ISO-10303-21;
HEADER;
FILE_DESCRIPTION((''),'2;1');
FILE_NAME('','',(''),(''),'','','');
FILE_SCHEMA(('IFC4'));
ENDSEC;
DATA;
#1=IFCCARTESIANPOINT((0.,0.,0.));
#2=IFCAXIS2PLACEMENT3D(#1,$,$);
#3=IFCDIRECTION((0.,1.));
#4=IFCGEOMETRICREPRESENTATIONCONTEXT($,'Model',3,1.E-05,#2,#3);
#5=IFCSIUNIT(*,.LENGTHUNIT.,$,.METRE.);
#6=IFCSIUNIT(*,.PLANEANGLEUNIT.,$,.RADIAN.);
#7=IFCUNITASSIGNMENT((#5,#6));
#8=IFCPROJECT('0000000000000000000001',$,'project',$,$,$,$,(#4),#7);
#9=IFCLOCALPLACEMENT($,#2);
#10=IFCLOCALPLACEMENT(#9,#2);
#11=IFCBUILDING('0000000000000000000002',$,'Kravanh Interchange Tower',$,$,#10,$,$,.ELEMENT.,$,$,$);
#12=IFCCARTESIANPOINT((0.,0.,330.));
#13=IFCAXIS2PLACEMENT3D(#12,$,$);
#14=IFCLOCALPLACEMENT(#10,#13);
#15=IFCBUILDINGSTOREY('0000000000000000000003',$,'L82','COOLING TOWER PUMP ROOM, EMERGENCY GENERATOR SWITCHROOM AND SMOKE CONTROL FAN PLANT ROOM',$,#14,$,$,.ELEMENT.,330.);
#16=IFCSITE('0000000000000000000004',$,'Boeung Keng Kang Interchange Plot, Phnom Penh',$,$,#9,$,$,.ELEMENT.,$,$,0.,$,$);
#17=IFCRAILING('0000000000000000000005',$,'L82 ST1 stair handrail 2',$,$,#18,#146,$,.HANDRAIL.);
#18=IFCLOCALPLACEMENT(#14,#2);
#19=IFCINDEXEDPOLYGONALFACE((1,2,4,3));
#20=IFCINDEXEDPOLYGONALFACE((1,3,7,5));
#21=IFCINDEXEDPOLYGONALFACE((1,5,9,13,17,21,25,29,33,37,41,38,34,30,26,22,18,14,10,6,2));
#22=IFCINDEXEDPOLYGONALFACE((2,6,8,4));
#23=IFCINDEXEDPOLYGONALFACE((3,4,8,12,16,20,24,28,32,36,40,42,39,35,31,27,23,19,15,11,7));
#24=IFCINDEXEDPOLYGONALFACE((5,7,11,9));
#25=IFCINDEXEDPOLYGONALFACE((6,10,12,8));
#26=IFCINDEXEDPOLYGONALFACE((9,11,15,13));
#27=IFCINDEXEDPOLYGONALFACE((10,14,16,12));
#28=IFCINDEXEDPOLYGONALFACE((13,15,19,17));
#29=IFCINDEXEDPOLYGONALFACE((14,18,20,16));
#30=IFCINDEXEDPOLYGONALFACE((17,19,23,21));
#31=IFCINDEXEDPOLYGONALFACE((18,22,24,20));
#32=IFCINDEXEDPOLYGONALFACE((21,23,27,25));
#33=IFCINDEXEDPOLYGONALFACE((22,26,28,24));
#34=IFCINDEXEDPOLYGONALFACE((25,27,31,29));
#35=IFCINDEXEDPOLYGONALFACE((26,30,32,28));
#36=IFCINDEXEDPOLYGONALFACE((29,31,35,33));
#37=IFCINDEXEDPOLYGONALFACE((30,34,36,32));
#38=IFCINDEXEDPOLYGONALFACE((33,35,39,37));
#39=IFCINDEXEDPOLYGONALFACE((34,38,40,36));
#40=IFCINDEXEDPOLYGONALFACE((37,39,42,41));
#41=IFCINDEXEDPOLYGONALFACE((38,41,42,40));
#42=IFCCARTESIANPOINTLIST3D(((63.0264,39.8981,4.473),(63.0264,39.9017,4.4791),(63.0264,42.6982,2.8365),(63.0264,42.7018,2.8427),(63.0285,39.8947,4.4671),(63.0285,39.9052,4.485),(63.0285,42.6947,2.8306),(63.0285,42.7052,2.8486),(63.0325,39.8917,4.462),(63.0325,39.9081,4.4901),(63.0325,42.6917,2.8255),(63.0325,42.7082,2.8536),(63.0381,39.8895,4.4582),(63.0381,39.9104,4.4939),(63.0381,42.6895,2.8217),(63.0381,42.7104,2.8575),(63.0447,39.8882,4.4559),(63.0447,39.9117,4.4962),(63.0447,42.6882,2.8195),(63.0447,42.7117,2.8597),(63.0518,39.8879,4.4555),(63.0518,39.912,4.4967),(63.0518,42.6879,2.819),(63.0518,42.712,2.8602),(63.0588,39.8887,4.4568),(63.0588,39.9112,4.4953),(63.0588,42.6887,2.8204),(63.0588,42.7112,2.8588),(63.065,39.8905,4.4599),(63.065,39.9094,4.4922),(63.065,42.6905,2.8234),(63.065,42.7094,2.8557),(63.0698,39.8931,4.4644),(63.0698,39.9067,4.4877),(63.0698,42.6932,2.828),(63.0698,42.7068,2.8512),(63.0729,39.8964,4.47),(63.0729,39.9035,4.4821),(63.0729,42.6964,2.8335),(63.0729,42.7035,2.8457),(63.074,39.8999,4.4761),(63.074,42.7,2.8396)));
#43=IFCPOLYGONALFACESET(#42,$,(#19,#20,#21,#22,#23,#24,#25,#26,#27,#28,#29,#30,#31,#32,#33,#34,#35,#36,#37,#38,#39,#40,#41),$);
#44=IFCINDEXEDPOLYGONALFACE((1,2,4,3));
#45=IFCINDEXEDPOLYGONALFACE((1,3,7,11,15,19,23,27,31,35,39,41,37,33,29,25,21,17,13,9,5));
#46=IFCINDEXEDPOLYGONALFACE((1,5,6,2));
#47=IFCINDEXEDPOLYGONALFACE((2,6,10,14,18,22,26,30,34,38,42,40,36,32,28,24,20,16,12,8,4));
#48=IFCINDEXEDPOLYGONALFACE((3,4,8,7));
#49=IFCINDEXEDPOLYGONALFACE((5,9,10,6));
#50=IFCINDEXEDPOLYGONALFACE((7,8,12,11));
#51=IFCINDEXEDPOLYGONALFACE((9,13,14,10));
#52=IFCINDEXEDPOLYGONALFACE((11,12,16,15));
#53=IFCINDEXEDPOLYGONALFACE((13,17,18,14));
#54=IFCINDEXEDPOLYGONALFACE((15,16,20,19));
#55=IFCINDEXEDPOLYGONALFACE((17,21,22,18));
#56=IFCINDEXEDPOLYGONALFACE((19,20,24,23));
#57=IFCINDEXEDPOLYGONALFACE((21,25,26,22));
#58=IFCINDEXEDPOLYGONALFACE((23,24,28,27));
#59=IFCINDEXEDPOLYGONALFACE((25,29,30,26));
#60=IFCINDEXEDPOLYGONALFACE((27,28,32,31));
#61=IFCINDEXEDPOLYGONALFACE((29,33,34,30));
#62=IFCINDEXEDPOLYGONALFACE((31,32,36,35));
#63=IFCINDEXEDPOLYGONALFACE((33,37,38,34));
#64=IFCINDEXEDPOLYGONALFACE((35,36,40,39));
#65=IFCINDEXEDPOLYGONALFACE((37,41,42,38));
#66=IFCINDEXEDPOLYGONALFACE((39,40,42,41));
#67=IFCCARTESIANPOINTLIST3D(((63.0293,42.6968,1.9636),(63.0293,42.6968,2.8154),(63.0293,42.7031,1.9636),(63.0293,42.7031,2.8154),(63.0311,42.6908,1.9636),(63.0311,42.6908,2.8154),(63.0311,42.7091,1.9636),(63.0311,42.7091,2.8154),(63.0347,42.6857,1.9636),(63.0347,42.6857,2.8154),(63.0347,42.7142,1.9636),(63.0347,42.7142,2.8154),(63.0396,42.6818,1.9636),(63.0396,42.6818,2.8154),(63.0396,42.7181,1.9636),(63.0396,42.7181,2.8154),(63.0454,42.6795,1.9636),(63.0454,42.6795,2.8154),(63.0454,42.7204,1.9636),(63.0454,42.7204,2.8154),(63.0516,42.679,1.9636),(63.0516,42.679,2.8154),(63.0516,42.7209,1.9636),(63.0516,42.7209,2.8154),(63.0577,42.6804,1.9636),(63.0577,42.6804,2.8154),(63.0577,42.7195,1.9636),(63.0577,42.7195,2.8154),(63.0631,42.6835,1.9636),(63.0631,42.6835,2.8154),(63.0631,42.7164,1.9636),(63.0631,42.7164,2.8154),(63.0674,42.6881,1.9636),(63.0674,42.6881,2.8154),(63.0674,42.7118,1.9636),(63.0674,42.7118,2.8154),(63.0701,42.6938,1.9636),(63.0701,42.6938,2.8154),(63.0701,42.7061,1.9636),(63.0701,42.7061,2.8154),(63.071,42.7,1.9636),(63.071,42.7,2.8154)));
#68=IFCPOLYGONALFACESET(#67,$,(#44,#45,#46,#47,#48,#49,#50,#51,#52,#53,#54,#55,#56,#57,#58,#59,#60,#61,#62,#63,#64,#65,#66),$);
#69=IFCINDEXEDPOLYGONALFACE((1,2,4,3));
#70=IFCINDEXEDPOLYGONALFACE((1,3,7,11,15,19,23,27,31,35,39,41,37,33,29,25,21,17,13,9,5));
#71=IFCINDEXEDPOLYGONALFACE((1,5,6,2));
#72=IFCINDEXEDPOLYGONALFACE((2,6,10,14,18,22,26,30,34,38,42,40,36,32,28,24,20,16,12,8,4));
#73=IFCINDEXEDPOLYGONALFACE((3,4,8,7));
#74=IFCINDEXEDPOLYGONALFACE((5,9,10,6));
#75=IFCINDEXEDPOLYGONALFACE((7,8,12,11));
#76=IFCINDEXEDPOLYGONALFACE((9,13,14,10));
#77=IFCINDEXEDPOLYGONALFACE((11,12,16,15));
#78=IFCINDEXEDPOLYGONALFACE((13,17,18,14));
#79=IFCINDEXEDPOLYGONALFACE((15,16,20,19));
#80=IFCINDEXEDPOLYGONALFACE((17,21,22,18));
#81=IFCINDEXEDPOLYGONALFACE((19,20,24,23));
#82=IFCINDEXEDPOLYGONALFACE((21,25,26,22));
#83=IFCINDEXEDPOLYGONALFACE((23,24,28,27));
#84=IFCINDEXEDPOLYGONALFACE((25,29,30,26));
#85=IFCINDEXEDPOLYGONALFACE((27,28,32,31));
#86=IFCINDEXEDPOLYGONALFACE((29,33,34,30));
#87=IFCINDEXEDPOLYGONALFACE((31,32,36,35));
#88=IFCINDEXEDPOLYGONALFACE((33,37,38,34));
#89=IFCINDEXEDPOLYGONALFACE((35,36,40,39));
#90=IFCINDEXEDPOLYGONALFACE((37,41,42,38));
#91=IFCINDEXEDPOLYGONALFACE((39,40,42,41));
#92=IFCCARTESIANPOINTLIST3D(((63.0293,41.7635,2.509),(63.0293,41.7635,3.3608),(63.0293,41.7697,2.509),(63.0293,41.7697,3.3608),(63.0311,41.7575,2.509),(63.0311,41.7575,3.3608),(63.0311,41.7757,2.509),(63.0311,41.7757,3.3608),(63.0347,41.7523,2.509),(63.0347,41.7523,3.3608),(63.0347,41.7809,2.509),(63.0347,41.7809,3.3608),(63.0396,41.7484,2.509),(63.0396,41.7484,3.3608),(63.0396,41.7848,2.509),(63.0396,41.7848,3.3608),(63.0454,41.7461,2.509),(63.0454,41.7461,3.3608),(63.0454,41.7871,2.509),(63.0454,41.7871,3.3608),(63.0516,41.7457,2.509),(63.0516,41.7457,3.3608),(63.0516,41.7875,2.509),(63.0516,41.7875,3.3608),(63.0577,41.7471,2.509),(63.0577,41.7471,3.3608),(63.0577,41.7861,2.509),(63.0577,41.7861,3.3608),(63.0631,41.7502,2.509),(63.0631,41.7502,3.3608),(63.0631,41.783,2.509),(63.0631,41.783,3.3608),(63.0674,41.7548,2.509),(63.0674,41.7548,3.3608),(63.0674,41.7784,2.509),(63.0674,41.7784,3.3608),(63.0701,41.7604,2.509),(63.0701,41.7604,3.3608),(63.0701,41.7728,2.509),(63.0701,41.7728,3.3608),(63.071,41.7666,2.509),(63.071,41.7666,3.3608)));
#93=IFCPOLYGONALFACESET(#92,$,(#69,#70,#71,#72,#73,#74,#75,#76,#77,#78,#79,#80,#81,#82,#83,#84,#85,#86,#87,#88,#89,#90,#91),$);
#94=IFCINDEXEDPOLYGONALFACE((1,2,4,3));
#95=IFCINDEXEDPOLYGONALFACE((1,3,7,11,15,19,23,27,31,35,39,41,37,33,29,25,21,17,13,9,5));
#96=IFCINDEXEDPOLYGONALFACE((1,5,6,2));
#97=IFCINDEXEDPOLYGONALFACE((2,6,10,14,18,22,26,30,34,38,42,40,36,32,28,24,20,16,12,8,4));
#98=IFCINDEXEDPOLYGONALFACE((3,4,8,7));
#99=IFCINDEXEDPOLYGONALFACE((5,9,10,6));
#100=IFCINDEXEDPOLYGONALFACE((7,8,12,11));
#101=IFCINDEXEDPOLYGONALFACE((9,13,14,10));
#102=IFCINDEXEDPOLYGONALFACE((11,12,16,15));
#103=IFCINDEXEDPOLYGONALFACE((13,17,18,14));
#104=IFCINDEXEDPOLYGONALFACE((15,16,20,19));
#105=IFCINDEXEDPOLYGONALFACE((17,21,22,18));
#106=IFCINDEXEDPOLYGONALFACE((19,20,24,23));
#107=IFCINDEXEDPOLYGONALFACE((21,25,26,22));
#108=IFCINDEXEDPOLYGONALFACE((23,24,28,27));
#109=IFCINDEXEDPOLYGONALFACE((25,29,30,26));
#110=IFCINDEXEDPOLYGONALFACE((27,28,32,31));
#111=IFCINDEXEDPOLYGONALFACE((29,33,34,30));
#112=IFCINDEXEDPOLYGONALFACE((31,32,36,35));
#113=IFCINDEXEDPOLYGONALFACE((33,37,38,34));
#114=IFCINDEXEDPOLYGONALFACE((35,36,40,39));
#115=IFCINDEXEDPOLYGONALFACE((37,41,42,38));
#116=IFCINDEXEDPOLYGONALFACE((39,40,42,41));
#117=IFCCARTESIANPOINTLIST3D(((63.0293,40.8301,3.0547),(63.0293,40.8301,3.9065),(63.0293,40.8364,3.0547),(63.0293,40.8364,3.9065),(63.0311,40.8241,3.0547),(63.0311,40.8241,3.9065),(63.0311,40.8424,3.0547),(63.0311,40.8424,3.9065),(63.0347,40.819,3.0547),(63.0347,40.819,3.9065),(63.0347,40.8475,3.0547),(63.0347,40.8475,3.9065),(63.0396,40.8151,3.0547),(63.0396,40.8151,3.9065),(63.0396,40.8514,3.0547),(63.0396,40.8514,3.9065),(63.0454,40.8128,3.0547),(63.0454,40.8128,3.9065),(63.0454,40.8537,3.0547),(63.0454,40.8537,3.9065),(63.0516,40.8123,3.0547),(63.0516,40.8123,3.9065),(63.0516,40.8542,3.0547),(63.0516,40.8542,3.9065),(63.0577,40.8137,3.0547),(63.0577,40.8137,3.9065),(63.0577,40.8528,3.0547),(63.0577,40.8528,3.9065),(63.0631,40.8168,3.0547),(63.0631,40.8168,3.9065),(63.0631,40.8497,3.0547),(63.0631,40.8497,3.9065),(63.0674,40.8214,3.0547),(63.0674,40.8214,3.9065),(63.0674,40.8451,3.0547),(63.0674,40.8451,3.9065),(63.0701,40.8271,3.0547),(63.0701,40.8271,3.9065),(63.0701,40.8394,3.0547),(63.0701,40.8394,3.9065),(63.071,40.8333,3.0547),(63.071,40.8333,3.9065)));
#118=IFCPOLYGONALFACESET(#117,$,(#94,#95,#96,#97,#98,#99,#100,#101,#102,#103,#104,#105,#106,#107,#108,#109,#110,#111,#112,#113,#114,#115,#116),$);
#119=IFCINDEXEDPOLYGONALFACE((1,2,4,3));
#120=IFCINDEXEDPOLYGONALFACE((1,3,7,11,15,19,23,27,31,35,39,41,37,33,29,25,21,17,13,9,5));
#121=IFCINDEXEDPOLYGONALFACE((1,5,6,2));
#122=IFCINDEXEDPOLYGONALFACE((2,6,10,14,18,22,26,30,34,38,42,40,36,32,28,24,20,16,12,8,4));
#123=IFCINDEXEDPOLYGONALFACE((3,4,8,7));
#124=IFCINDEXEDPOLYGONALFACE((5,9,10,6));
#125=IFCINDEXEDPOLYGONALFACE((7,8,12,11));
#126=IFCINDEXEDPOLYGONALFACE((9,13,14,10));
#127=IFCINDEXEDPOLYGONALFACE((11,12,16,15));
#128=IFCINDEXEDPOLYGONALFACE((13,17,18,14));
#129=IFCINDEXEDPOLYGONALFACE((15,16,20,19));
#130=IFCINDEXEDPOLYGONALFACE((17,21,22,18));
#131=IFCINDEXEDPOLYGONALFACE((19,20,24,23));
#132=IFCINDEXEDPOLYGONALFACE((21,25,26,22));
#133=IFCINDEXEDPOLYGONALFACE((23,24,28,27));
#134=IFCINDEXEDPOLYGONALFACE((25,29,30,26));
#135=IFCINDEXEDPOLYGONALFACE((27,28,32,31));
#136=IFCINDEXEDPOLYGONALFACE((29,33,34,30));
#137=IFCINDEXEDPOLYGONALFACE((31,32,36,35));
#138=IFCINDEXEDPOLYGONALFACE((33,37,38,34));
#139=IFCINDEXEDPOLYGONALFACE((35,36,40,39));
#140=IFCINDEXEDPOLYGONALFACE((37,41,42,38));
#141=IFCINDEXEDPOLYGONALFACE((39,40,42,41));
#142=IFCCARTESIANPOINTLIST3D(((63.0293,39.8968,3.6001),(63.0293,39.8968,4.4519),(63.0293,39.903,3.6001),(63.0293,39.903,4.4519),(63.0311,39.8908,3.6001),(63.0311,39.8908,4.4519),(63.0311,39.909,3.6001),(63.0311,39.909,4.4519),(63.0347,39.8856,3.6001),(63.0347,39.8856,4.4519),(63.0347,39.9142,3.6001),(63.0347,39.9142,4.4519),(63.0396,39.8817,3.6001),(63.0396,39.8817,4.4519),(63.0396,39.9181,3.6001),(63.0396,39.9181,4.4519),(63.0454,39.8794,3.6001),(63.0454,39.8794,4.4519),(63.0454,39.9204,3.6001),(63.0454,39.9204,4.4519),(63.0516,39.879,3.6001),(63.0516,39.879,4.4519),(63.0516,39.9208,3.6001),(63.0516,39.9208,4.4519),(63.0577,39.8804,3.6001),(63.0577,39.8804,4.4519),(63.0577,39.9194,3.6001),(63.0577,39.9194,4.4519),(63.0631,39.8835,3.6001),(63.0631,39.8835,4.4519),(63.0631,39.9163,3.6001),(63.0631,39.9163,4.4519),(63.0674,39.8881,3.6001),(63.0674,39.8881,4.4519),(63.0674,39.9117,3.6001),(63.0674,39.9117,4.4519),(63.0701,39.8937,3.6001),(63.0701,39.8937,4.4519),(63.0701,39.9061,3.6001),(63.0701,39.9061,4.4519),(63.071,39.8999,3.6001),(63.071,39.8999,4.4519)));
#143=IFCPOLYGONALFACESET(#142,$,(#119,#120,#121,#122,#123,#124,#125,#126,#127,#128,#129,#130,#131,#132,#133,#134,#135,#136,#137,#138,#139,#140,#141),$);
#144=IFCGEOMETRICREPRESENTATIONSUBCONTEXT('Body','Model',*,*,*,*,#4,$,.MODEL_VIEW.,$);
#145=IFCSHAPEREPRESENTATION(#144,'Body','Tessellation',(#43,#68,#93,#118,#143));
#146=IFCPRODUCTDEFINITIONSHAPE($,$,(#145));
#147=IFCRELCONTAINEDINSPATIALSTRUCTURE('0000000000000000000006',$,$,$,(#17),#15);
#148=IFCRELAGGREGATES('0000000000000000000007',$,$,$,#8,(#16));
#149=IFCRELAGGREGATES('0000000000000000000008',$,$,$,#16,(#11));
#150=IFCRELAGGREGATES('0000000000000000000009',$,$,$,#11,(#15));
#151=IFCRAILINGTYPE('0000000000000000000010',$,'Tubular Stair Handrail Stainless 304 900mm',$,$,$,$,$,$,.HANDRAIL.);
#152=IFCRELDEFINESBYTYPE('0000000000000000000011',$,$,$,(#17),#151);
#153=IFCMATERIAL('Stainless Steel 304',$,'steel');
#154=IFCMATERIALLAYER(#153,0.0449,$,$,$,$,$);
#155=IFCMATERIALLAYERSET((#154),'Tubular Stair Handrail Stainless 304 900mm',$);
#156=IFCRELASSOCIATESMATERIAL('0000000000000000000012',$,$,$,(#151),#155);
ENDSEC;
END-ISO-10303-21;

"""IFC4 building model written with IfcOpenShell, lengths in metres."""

from ifc_helpers import new_model, si_unit, direction, frame, origin, origin_2d, place, context, subcontext, project, spatial, circle, extrude, material, layer, layer_set, type_object, element, save


model = new_model("IFC4")

# Units and contexts
model_context = context("Model", 3, precision=1e-05, world=origin(), true_north=direction((0.0, 1.0)))
body_context = subcontext(model_context, "Body", "Model", "MODEL_VIEW")
ifc_project = project(units=[si_unit("LENGTHUNIT", "METRE"), si_unit("PLANEANGLEUNIT", "RADIAN")], contexts=[model_context])

# Site, building, storey
site_placement = place(None, origin())
site = spatial("IfcSite", under=ifc_project, at=site_placement, Name="Boeung Keng Kang Interchange Plot, Phnom Penh", CompositionType="ELEMENT", RefElevation=0.0)
building_placement = place(site_placement, origin())
building = spatial("IfcBuilding", under=site, at=building_placement, Name="Kravanh Interchange Tower", CompositionType="ELEMENT")
storey_placement = place(building_placement, frame((0.0, 0.0, 330.0)))
storey = spatial("IfcBuildingStorey", under=building, at=storey_placement, Name="L82", Description="COOLING TOWER PUMP ROOM, EMERGENCY GENERATOR SWITCHROOM AND SMOKE CONTROL FAN PLANT ROOM", CompositionType="ELEMENT", Elevation=330.0)

# Railing
ifc_material_1 = material(Name="Stainless Steel 304", Category="steel")
ifc_layer_1 = layer(ifc_material_1, 0.0449)
ifc_layer_set_1 = layer_set([ifc_layer_1], Name="Tubular Stair Handrail Stainless 304 900mm")
railing_type_1 = type_object("IfcRailingType", Name="Tubular Stair Handrail Stainless 304 900mm", PredefinedType="HANDRAIL", material=ifc_layer_set_1)
railing_1_placement = place(storey_placement, frame((63.05, 42.7, 1.9636)))
element("IfcRailing", 1, at=railing_1_placement, inside=storey, type_object=railing_type_1, Name="L82 ST1 stair handrail 2", PredefinedType="HANDRAIL", context=body_context, shape_type="SweptSolid", body=[
    extrude(circle(Radius=0.0239, at=origin_2d()), frame((0.0, 0.0, 0.876), z_axis=(0.0, -0.863361, 0.504587), x_axis=(1.0, 0.0, 0.0)), (0.0, 0.0, 1.0), 3.2432),
    extrude(circle(Radius=0.021, at=origin_2d()), origin(), (0.0, 0.0, 1.0), 0.8518),
    extrude(circle(Radius=0.021, at=origin_2d()), frame((0.0, -0.9333, 0.5454)), (0.0, 0.0, 1.0), 0.8518),
    extrude(circle(Radius=0.021, at=origin_2d()), frame((0.0, -1.8667, 1.0911)), (0.0, 0.0, 1.0), 0.8518),
    extrude(circle(Radius=0.021, at=origin_2d()), frame((0.0, -2.8, 1.6365)), (0.0, 0.0, 1.0), 0.8518),
])

save(model, "model.ifc")
